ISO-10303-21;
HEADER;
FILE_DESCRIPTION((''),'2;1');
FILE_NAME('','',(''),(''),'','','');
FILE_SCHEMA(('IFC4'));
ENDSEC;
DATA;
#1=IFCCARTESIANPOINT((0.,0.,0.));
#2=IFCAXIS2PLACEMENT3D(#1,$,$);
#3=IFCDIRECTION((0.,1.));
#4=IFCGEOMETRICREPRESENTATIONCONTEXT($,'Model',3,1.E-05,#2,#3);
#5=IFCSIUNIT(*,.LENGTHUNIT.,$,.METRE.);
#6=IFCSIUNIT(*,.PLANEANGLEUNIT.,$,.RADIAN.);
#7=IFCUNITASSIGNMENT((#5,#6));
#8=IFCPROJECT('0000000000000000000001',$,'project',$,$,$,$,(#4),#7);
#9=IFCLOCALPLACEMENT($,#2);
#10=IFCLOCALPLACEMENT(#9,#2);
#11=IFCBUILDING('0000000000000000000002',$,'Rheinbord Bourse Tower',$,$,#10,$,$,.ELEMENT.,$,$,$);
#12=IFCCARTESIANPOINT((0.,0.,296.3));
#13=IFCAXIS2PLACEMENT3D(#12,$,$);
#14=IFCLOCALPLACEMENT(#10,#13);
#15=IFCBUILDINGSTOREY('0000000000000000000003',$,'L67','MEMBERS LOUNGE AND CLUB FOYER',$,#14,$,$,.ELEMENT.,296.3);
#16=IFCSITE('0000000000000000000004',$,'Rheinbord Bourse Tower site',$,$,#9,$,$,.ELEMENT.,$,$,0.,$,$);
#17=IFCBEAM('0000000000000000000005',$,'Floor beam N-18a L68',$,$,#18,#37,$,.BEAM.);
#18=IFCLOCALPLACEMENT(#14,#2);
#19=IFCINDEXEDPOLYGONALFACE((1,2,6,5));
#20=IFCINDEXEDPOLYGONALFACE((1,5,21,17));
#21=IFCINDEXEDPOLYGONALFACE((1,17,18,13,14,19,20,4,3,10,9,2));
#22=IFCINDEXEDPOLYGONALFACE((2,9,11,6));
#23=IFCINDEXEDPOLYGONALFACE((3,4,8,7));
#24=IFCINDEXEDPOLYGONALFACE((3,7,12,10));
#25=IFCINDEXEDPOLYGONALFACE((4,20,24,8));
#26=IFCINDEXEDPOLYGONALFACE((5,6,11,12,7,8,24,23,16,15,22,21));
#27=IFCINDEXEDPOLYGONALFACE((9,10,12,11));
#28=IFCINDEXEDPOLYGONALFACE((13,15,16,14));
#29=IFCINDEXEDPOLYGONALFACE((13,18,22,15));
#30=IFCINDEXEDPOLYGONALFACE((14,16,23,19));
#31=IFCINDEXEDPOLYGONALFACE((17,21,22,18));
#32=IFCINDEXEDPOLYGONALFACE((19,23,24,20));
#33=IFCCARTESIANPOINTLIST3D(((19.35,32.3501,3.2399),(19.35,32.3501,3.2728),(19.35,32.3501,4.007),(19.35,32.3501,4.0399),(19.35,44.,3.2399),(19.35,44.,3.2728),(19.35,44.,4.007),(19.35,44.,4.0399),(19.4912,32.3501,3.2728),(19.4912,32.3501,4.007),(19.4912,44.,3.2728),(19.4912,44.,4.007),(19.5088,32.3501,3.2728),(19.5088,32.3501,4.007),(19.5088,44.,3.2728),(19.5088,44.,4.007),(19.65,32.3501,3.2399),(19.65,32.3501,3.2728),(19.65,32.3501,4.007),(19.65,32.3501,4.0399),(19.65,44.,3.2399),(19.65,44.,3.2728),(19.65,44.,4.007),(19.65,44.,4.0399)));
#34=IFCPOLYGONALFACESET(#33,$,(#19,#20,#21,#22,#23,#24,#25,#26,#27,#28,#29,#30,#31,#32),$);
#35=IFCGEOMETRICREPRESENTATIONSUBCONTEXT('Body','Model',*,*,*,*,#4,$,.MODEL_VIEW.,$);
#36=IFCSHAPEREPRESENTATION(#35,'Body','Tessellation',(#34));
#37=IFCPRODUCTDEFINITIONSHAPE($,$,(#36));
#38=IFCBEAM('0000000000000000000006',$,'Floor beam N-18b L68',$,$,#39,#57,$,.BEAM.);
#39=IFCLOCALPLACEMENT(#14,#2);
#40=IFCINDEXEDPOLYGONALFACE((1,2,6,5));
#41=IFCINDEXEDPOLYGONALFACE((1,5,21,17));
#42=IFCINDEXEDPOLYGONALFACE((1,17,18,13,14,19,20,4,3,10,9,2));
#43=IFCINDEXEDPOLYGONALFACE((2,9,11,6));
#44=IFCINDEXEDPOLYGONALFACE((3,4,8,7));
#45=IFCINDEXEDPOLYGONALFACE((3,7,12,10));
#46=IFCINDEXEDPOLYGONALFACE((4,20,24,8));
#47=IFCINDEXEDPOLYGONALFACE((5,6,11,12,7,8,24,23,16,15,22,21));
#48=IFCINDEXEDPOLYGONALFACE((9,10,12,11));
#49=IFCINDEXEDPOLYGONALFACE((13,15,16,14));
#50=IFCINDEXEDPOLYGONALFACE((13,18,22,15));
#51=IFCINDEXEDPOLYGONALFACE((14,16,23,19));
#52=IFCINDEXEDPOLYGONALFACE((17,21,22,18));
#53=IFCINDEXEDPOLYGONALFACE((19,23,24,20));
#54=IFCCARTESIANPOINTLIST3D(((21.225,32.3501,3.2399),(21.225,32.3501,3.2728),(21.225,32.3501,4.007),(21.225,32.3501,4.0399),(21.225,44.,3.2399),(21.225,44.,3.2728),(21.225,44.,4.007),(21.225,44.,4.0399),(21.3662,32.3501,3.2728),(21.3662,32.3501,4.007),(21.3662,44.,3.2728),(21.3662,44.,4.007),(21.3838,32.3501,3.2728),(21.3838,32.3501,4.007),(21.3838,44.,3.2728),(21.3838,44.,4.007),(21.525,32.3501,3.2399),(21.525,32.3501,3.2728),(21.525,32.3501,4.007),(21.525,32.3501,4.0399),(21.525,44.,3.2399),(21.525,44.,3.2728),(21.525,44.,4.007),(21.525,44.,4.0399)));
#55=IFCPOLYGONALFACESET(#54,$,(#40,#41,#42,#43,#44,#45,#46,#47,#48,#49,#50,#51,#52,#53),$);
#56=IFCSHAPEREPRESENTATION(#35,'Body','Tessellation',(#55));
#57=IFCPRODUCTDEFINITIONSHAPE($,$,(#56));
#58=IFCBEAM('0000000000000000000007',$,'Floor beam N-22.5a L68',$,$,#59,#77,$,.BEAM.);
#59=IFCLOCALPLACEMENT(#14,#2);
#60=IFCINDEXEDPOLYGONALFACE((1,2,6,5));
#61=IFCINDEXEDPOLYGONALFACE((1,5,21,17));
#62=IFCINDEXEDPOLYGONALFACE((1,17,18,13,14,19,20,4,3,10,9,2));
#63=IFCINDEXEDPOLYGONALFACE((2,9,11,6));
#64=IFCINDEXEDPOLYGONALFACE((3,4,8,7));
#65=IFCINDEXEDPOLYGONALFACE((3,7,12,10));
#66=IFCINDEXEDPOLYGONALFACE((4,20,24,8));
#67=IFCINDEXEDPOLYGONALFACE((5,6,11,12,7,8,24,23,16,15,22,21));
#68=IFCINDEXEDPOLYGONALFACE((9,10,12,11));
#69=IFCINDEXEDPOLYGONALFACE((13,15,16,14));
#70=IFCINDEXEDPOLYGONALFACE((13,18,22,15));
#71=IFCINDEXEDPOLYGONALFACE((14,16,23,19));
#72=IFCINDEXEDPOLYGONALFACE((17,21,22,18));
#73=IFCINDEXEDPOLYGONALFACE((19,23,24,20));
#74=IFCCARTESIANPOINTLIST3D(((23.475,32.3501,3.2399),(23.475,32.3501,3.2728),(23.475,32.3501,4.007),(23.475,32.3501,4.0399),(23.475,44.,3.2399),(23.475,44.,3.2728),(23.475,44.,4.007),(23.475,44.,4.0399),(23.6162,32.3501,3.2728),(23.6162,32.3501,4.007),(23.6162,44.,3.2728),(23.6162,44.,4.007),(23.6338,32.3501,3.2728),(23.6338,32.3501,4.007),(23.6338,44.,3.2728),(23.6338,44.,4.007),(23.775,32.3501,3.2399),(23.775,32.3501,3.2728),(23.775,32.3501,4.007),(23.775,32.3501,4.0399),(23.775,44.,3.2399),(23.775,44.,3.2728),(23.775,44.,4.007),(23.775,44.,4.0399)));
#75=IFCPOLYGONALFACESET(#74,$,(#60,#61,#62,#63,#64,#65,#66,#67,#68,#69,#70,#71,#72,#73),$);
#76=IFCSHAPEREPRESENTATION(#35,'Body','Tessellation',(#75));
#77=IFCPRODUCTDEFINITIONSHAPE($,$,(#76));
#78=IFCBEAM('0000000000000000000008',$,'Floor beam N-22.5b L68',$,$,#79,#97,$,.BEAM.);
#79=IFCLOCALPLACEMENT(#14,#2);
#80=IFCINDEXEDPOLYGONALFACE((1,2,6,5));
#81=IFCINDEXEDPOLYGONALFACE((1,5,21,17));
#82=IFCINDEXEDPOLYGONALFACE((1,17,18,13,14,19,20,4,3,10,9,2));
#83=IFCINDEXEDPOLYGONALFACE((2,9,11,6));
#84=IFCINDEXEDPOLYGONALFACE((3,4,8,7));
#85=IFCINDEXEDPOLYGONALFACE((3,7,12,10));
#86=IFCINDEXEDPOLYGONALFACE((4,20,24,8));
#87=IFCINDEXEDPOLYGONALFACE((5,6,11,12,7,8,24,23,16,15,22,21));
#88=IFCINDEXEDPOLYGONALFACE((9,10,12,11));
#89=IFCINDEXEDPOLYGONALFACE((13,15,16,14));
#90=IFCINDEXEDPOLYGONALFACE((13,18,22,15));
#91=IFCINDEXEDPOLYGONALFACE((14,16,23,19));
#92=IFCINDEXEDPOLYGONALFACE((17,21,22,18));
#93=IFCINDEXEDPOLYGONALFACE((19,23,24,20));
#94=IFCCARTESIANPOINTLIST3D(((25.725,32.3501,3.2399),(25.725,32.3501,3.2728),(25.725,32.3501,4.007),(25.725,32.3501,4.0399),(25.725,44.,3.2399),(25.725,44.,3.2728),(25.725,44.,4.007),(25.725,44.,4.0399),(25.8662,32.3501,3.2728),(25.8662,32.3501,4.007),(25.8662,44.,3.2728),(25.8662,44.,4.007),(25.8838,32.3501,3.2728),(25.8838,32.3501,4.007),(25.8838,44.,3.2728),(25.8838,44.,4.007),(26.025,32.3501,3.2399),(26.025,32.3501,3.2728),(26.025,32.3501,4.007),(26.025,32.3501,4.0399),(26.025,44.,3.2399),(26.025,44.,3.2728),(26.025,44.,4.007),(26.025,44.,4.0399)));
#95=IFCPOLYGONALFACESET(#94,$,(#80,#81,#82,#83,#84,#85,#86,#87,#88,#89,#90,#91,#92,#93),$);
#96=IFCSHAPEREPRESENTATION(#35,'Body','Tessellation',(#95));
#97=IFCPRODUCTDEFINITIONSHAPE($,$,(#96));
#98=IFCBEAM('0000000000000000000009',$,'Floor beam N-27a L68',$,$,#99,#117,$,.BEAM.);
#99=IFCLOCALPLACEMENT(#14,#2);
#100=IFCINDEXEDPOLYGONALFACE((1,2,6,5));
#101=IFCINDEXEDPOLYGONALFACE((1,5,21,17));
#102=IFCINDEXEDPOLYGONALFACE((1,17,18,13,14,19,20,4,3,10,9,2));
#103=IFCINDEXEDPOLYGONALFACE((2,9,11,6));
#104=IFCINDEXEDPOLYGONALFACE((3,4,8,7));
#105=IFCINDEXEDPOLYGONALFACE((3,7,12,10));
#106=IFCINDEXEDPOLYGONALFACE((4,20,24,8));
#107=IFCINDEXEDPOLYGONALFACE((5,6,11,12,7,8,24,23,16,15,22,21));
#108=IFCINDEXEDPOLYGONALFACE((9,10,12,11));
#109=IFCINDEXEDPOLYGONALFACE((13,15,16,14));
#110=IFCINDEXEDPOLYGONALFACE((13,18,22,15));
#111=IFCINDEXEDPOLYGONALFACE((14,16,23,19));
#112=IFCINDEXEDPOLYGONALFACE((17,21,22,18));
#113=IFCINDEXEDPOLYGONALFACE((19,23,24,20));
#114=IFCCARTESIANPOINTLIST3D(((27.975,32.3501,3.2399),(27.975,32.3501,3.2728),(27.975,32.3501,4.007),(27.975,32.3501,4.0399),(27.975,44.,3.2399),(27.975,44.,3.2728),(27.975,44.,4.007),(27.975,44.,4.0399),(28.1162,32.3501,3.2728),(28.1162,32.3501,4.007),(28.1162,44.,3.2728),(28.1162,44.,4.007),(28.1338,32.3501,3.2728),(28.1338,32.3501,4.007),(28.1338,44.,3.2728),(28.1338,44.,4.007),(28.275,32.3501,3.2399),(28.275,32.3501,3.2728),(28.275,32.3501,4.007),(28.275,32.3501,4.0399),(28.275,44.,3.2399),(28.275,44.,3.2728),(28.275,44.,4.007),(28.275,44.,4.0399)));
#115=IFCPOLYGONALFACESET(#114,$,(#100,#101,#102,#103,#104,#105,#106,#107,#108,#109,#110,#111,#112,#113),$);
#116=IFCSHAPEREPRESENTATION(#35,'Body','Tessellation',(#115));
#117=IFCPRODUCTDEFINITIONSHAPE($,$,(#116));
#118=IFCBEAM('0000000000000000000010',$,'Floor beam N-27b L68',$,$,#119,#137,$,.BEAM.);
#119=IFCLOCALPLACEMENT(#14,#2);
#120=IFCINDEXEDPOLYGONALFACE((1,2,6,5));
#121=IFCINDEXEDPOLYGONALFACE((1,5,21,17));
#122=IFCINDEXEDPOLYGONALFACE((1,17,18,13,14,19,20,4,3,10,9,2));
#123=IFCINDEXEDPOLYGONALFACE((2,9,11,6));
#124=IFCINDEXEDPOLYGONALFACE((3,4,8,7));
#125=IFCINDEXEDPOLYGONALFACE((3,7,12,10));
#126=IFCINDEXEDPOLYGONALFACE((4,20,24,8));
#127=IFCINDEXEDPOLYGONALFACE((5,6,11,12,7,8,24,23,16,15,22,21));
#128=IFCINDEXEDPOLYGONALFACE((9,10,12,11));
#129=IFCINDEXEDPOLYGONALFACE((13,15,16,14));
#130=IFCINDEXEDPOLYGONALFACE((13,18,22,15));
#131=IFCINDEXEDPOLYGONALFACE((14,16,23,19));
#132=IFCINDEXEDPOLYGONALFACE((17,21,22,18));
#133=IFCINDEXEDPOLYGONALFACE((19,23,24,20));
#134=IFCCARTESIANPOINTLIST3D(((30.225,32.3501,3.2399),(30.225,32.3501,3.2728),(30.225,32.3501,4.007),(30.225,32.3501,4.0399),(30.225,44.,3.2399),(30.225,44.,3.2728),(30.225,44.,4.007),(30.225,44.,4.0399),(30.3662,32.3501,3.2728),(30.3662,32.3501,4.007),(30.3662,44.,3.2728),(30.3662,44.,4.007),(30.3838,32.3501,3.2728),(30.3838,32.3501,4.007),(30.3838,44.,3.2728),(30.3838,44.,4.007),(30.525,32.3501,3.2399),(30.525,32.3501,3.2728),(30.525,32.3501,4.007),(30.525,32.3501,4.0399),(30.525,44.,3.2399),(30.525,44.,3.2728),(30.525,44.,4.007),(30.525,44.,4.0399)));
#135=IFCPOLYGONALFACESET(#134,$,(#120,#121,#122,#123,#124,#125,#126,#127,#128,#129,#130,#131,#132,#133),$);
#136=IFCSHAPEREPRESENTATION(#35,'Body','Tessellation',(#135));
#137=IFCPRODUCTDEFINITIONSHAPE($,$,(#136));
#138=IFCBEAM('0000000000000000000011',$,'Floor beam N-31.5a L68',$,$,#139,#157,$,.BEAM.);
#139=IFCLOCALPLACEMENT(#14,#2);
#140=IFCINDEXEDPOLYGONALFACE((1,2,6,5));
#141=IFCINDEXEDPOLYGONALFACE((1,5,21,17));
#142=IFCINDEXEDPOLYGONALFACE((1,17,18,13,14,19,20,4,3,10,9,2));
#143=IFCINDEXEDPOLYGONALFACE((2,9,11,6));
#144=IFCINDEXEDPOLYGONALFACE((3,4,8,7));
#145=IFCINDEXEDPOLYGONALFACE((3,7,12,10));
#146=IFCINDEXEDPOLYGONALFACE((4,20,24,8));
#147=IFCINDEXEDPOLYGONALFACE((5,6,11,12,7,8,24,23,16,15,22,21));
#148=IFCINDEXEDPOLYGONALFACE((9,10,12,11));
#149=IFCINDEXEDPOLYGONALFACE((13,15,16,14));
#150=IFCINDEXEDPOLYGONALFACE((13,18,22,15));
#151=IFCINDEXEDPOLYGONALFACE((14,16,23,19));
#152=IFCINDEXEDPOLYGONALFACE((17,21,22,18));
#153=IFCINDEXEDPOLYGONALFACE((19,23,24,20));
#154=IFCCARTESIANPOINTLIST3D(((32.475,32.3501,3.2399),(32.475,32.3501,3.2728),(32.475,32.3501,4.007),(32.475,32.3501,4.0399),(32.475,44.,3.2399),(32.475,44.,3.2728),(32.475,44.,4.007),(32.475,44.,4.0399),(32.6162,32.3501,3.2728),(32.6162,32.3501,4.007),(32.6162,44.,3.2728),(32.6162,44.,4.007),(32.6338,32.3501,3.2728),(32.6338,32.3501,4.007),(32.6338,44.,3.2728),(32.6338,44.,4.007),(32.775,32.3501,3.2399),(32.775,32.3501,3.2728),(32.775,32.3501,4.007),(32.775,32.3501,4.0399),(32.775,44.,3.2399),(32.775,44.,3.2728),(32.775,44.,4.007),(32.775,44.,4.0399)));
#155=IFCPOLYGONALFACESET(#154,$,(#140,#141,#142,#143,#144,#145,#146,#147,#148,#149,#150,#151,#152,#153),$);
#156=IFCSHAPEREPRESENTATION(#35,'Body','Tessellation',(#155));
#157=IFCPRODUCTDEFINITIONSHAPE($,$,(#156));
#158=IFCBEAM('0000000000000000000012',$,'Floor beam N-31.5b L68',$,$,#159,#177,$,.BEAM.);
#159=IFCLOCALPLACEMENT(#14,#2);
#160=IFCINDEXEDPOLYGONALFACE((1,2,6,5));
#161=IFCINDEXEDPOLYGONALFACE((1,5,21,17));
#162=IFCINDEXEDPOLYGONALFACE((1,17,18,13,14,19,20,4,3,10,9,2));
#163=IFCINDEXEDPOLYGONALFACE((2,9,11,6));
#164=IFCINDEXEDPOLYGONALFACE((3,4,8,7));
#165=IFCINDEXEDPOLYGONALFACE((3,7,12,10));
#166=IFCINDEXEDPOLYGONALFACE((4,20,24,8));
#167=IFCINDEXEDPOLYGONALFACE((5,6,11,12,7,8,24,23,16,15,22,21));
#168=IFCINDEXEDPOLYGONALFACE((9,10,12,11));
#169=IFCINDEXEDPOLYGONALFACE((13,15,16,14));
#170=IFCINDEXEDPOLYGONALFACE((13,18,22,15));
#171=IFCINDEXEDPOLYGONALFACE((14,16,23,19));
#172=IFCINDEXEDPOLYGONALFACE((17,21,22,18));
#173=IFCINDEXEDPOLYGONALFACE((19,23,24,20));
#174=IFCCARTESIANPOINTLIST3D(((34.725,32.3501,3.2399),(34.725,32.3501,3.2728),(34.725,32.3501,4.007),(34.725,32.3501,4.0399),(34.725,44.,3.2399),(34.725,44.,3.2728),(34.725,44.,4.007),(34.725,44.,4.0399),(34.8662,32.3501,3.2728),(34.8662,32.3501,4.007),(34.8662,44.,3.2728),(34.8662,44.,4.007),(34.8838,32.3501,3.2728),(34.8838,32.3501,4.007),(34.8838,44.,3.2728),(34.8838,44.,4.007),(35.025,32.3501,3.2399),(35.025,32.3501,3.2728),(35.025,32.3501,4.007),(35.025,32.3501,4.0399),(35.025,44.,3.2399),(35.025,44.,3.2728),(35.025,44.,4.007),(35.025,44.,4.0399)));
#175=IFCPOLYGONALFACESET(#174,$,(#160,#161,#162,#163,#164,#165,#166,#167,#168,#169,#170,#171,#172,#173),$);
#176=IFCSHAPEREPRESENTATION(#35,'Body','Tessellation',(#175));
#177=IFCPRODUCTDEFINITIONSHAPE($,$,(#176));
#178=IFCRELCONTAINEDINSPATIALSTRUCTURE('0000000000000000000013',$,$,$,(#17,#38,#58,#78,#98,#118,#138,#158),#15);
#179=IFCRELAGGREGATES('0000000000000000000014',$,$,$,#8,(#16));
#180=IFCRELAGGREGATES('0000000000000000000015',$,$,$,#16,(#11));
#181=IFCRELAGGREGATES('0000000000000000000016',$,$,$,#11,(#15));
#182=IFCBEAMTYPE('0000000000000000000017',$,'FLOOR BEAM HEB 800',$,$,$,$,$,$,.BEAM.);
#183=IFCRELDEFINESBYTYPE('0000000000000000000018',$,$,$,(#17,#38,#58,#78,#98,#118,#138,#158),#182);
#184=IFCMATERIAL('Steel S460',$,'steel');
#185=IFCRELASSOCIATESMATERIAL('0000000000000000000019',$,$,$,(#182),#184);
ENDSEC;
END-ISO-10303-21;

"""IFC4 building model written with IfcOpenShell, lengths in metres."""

from ifc_helpers import new_model, si_unit, direction, frame, origin, origin_2d, place, context, subcontext, project, spatial, i_section, extrude, material, material_profile, profile_set, type_object, element, save


model = new_model("IFC4")

# Units and contexts
model_context = context("Model", 3, precision=1e-05, world=origin(), true_north=direction((0.0, 1.0)))
body_context = subcontext(model_context, "Body", "Model", "MODEL_VIEW")
ifc_project = project(units=[si_unit("LENGTHUNIT", "METRE"), si_unit("PLANEANGLEUNIT", "RADIAN")], contexts=[model_context])

# Site, building, storey
site_placement = place(None, origin())
site = spatial("IfcSite", under=ifc_project, at=site_placement, Name="Rheinbord Bourse Tower site", CompositionType="ELEMENT", RefElevation=0.0)
building_placement = place(site_placement, origin())
building = spatial("IfcBuilding", under=site, at=building_placement, Name="Rheinbord Bourse Tower", CompositionType="ELEMENT")
storey_placement = place(building_placement, frame((0.0, 0.0, 296.3)))
storey = spatial("IfcBuildingStorey", under=building, at=storey_placement, Name="L67", Description="MEMBERS LOUNGE AND CLUB FOYER", CompositionType="ELEMENT", Elevation=296.3)

# Beams
ifc_material_1 = material(Name="Steel S460", Category="steel")
ifc_material_profile_1 = material_profile(ifc_material_1, i_section(OverallWidth=0.3, OverallDepth=0.8, WebThickness=0.0176, FlangeThickness=0.033, at=origin_2d()), Name="HEB 800")
ifc_profile_set_1 = profile_set([ifc_material_profile_1], Name="Steel S460")
beam_type_1 = type_object("IfcBeamType", Name="FLOOR BEAM HEB 800", PredefinedType="BEAM", material=ifc_profile_set_1)
for number, where, z_axis, x_axis, name in (
    (1, (19.5, 44.0, 3.6399), (0.0, -1.0, 0.0), (1.0, 0.0, 0.0), "Floor beam N-18a L68"),
    (2, (21.375, 44.0, 3.6399), (0.0, -1.0, 0.0), (1.0, 0.0, 0.0), "Floor beam N-18b L68"),
    (3, (23.625, 44.0, 3.6399), (0.0, -1.0, 0.0), (1.0, 0.0, 0.0), "Floor beam N-22.5a L68"),
    (4, (25.875, 44.0, 3.6399), (0.0, -1.0, 0.0), (1.0, 0.0, 0.0), "Floor beam N-22.5b L68"),
    (5, (28.125, 44.0, 3.6399), (0.0, -1.0, 0.0), (1.0, 0.0, 0.0), "Floor beam N-27a L68"),
    (6, (30.375, 44.0, 3.6399), (0.0, -1.0, 0.0), (1.0, 0.0, 0.0), "Floor beam N-27b L68"),
    (7, (32.625, 44.0, 3.6399), (0.0, -1.0, 0.0), (1.0, 0.0, 0.0), "Floor beam N-31.5a L68"),
    (8, (34.875, 44.0, 3.6399), (0.0, -1.0, 0.0), (1.0, 0.0, 0.0), "Floor beam N-31.5b L68"),
):
    element("IfcBeam", number, at=place(storey_placement, frame(where, z_axis=z_axis, x_axis=x_axis)), inside=storey, type_object=beam_type_1, Name=name, PredefinedType="BEAM", context=body_context, shape_type="SweptSolid", body=[
        extrude(i_section(OverallWidth=0.3, OverallDepth=0.8, WebThickness=0.0176, FlangeThickness=0.033, at=origin_2d()), origin(), (0.0, 0.0, 1.0), 11.6499),
    ])

save(model, "model.ifc")
